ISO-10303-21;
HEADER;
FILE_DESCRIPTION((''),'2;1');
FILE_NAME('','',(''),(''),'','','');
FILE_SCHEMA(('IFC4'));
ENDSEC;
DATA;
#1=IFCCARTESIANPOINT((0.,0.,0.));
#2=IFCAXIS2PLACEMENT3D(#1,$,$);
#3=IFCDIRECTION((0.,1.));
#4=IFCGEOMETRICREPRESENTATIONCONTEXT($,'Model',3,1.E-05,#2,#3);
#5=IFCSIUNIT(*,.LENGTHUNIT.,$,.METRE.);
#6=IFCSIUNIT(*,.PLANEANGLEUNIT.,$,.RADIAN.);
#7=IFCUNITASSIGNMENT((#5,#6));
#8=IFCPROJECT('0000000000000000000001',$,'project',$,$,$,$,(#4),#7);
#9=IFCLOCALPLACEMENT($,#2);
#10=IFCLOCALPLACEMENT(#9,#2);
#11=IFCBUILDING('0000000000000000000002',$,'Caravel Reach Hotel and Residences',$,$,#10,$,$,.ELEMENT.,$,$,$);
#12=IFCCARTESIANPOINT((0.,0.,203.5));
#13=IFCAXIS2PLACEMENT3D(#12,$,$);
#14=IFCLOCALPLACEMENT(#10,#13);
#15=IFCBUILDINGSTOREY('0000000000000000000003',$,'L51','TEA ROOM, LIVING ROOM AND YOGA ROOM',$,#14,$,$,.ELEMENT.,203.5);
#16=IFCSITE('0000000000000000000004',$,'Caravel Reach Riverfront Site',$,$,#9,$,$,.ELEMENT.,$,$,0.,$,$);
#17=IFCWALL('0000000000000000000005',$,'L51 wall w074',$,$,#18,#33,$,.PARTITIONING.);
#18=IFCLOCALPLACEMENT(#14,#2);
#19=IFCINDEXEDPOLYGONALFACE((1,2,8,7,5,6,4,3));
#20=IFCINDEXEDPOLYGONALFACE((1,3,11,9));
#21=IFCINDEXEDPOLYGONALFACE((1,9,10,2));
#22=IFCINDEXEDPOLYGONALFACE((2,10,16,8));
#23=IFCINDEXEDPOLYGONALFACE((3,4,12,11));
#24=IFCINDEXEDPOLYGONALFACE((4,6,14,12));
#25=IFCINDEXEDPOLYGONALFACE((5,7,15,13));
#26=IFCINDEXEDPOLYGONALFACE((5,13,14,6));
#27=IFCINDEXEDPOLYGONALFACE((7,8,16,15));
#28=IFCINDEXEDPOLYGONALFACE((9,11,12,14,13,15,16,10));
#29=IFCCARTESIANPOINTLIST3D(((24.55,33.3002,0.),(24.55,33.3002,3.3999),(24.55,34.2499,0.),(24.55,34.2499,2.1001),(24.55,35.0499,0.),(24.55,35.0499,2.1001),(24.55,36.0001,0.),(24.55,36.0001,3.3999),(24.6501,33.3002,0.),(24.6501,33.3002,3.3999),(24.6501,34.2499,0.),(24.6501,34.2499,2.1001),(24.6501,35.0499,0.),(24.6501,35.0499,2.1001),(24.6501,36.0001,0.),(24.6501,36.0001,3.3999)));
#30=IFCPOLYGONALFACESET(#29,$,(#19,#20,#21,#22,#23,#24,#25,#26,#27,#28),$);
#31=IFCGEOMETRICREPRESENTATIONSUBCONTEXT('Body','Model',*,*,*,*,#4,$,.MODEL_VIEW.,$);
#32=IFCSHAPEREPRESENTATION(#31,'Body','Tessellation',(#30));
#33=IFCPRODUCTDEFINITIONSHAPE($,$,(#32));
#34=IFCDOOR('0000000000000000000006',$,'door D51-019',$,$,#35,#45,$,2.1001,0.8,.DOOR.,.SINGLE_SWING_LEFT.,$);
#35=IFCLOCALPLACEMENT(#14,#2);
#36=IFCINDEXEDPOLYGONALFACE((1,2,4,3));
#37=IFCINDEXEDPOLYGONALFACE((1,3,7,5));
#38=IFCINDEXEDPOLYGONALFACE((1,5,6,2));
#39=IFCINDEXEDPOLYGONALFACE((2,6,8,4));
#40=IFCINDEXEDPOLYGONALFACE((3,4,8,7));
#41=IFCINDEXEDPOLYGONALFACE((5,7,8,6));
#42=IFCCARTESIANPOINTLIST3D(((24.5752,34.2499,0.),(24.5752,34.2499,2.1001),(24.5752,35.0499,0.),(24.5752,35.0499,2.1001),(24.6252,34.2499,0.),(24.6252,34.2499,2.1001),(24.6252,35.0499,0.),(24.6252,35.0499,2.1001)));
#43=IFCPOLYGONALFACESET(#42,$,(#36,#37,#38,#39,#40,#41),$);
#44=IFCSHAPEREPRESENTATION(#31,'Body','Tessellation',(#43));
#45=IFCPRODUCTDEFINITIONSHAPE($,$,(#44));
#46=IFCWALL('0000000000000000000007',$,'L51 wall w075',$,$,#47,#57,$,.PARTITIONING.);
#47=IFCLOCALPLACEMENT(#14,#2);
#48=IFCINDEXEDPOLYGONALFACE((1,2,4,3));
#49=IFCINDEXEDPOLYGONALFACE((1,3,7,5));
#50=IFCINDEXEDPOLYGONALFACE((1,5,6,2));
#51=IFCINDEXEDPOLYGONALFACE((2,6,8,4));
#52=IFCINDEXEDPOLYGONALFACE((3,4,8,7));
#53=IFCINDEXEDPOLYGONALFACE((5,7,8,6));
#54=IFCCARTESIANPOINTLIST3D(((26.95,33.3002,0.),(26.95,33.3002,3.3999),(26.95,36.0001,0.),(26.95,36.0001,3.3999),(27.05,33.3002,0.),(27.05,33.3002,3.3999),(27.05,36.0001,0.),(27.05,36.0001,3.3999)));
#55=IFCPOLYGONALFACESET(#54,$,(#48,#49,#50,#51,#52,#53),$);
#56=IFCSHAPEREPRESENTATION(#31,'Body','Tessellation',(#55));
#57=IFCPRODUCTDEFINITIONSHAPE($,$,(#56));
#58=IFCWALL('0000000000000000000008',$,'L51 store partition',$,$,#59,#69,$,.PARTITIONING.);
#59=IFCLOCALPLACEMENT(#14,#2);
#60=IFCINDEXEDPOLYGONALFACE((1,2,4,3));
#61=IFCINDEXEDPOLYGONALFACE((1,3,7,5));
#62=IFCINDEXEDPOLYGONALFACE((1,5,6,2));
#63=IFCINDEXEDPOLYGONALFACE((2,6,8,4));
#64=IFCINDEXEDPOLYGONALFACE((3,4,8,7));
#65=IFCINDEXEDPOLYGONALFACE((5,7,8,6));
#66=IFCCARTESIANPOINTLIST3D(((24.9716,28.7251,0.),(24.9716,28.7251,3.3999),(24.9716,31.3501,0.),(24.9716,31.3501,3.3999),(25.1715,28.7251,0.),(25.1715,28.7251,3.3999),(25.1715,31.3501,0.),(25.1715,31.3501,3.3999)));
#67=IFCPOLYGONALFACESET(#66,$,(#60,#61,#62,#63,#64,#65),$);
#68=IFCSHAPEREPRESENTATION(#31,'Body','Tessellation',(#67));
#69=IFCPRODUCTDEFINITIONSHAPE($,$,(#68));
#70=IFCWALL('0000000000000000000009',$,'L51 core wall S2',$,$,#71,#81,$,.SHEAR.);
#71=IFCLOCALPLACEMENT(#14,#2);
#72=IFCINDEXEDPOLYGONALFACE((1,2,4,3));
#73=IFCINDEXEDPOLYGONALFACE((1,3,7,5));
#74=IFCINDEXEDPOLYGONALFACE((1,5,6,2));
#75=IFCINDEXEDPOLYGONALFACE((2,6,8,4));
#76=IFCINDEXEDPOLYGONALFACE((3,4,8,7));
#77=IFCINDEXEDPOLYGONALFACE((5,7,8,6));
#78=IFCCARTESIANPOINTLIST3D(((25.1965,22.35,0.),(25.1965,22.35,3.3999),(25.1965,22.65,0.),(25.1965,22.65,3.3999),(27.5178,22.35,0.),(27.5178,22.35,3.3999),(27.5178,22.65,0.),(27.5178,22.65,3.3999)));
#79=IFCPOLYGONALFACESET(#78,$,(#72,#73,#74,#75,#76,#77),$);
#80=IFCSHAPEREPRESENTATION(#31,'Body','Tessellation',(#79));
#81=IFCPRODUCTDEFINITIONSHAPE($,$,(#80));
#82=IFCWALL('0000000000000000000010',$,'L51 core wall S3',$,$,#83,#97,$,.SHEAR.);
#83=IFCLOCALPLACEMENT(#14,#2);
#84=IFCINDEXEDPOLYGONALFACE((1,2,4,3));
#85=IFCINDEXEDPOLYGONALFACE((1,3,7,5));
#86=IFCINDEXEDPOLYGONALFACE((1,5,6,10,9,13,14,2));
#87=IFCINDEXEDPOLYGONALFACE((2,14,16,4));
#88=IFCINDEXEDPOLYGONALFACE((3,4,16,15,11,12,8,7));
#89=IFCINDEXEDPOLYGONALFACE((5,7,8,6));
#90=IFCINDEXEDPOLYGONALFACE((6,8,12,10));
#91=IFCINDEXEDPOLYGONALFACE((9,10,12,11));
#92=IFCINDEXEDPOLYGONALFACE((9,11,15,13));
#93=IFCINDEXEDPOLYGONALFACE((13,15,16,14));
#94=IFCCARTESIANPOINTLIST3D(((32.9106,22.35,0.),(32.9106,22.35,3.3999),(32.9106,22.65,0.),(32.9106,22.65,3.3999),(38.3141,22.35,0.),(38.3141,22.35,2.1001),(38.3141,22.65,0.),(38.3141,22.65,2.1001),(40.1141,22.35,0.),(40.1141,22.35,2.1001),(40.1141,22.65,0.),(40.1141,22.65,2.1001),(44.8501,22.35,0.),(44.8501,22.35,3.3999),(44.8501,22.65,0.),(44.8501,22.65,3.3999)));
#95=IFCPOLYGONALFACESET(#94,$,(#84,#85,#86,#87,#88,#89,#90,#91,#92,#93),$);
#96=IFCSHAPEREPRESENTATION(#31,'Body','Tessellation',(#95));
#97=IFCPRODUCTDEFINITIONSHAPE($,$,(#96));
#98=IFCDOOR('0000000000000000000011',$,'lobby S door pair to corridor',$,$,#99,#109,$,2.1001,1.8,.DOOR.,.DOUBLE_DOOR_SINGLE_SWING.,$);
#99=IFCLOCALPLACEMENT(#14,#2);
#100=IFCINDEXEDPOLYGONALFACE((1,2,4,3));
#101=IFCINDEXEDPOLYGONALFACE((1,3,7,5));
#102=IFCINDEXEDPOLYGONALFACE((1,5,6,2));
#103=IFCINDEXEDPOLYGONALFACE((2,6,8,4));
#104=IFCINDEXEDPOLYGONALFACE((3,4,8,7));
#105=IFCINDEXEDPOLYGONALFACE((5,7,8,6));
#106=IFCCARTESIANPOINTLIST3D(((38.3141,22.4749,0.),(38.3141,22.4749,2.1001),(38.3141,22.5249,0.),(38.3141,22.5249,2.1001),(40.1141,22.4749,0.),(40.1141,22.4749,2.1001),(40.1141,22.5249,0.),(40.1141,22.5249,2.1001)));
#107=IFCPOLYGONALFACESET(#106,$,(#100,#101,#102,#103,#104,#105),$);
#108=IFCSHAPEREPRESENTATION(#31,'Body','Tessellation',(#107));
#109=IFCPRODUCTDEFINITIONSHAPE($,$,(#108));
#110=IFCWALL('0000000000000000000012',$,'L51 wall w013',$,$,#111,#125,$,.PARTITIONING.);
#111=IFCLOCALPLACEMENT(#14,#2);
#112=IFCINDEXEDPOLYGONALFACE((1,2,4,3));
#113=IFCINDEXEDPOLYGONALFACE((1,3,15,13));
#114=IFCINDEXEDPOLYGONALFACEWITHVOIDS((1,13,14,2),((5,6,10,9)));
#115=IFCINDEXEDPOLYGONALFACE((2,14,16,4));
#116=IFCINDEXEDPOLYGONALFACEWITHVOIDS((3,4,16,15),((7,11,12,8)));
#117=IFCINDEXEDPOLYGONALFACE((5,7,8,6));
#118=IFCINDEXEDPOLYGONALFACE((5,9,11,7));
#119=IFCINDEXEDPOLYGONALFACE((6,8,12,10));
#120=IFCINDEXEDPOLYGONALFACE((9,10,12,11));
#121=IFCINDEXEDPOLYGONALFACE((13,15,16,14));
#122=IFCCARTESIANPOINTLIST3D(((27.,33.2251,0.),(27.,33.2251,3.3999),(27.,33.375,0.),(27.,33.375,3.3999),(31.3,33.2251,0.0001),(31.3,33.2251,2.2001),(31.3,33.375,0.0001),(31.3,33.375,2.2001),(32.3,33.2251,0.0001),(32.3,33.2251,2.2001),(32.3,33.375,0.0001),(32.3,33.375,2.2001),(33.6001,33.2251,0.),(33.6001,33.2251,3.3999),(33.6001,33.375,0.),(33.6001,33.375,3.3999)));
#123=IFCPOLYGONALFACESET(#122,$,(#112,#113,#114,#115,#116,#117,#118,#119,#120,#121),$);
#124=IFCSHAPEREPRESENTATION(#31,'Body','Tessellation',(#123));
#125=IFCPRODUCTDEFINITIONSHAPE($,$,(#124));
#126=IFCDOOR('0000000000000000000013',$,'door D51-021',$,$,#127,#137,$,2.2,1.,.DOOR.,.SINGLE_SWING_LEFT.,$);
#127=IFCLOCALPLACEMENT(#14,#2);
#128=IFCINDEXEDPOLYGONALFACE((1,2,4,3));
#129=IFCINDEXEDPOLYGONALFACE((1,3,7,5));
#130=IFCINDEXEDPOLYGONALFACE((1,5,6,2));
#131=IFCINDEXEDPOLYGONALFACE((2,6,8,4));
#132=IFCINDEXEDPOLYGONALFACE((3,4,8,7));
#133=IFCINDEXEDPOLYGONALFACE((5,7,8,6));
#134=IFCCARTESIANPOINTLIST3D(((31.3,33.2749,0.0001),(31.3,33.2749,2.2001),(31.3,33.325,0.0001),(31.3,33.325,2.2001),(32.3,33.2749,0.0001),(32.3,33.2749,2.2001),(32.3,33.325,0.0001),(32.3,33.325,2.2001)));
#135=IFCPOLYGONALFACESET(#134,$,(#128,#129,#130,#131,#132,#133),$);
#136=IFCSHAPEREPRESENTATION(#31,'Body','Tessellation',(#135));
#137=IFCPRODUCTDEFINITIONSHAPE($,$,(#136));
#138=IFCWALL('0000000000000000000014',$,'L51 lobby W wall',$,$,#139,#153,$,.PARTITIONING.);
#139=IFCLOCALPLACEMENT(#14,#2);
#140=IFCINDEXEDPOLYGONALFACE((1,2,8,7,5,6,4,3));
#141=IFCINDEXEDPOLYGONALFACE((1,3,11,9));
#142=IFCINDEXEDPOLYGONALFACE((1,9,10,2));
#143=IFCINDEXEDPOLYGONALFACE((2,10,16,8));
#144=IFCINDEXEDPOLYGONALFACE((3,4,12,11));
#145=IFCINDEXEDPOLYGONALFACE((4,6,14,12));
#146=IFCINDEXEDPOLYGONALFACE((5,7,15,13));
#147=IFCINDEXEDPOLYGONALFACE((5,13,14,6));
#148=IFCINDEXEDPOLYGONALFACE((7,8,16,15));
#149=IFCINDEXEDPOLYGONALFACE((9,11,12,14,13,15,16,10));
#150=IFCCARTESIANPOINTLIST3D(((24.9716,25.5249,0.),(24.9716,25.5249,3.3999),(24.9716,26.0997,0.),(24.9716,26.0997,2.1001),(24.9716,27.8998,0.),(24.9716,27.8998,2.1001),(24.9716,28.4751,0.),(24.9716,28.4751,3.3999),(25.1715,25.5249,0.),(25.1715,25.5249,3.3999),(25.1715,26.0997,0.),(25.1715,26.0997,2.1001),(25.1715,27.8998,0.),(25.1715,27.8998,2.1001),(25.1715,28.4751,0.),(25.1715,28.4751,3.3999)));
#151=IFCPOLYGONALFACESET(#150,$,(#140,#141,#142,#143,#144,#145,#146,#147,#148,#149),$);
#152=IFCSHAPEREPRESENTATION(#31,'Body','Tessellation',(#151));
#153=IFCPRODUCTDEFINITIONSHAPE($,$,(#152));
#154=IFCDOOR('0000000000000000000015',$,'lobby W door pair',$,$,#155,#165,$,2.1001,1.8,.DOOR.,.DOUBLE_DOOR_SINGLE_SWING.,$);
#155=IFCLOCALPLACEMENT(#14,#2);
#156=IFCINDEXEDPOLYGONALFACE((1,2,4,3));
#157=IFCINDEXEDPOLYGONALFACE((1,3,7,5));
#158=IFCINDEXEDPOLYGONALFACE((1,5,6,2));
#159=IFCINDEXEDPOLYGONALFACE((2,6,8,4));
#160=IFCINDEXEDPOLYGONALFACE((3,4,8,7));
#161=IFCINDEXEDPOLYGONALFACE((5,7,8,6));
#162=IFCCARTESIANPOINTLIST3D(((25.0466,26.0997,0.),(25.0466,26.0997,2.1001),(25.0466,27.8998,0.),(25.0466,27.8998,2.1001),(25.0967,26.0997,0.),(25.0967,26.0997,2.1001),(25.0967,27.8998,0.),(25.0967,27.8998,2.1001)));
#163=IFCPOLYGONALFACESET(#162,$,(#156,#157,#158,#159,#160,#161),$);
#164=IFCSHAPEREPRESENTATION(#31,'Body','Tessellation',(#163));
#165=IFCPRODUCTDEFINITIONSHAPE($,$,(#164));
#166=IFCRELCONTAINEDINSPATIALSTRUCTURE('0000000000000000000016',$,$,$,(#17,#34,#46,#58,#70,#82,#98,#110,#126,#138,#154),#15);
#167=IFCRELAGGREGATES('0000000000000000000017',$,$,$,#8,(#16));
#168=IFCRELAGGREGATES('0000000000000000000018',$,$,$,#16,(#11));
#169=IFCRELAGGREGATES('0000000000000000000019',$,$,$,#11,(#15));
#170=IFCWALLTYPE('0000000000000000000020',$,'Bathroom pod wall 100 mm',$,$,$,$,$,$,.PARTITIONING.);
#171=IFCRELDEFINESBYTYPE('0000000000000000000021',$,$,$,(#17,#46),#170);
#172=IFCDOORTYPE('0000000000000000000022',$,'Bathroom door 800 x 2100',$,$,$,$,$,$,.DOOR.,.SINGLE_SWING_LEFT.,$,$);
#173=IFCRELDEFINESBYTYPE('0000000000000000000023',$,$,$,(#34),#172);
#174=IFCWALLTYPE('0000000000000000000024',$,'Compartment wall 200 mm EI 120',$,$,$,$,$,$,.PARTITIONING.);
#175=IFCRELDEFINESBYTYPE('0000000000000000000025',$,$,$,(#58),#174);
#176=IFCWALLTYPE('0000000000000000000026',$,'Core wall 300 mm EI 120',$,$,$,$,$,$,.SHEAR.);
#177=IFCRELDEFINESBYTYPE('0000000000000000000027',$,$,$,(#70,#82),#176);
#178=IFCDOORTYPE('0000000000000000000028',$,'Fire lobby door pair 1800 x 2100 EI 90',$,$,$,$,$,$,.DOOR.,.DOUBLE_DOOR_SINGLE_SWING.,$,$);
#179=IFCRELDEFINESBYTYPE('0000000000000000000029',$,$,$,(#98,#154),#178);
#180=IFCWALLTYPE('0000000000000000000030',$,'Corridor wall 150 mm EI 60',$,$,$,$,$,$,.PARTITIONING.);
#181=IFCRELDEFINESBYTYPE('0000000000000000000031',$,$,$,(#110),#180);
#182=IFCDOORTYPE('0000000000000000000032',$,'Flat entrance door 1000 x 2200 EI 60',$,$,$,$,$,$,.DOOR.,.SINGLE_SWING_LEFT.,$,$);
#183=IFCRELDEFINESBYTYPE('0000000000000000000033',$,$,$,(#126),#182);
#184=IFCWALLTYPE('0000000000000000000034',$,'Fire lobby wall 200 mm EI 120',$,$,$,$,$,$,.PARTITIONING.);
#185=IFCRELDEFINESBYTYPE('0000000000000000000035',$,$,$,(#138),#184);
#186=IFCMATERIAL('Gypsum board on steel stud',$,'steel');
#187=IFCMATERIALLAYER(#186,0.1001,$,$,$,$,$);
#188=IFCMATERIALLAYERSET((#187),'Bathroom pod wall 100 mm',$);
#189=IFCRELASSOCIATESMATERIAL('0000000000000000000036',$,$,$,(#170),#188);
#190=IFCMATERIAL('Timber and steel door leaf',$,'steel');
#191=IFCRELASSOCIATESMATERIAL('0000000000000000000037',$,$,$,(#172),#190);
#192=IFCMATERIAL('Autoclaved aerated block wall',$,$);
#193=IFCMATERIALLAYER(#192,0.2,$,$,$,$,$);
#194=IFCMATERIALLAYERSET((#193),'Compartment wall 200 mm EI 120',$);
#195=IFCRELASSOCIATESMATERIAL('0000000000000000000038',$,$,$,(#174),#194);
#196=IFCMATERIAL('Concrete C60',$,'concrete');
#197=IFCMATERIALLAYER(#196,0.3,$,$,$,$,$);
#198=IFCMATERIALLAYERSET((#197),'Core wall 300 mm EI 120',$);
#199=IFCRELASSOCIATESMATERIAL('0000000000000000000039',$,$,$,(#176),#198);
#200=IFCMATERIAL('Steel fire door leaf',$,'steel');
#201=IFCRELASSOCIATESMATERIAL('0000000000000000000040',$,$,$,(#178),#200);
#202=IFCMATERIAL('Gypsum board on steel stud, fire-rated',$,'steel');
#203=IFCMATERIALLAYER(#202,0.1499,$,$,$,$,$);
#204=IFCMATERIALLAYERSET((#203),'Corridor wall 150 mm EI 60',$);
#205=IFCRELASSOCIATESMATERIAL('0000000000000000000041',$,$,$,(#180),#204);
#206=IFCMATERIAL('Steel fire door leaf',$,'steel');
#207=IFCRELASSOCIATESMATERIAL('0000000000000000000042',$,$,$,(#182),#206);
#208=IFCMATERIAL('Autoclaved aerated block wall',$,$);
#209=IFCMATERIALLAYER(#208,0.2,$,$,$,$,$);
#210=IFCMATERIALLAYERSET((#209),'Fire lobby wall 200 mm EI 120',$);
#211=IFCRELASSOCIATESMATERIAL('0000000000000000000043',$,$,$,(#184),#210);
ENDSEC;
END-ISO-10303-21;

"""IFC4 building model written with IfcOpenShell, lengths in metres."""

from ifc_helpers import new_model, si_unit, direction, frame, frame_2d, origin, place, context, subcontext, project, spatial, rectangle, extrude, material, layer, layer_set, type_object, element, fill, save


model = new_model("IFC4")

# Units and contexts
model_context = context("Model", 3, precision=1e-05, world=origin(), true_north=direction((0.0, 1.0)))
body_context = subcontext(model_context, "Body", "Model", "MODEL_VIEW")
ifc_project = project(units=[si_unit("LENGTHUNIT", "METRE"), si_unit("PLANEANGLEUNIT", "RADIAN")], contexts=[model_context])

# Site, building, storey
site_placement = place(None, origin())
site = spatial("IfcSite", under=ifc_project, at=site_placement, Name="Caravel Reach Riverfront Site", CompositionType="ELEMENT", RefElevation=0.0)
building_placement = place(site_placement, origin())
building = spatial("IfcBuilding", under=site, at=building_placement, Name="Caravel Reach Hotel and Residences", CompositionType="ELEMENT")
storey_placement = place(building_placement, frame((0.0, 0.0, 203.5)))
storey = spatial("IfcBuildingStorey", under=building, at=storey_placement, Name="L51", Description="TEA ROOM, LIVING ROOM AND YOGA ROOM", CompositionType="ELEMENT", Elevation=203.5)

# Wall, opening, door
ifc_material_1 = material(Name="Gypsum board on steel stud", Category="steel")
ifc_layer_1 = layer(ifc_material_1, 0.1001)
ifc_layer_set_1 = layer_set([ifc_layer_1], Name="Bathroom pod wall 100 mm")
wall_type_1 = type_object("IfcWallType", Name="Bathroom pod wall 100 mm", PredefinedType="PARTITIONING", material=ifc_layer_set_1)
wall_1_placement = place(storey_placement, frame((24.6001, 33.3, 0.0), z_axis=(0.0, 0.0, 1.0), x_axis=(0.0, 1.0, 0.0)))
wall_1 = element("IfcWall", 1, at=wall_1_placement, inside=storey, type_object=wall_type_1, Name="L51 wall w074", PredefinedType="PARTITIONING", context=body_context, shape_type="SweptSolid", body=[
    extrude(rectangle(XDim=2.7, YDim=0.1001, at=frame_2d((1.3501, 0.0))), origin(), (0.0, 0.0, 1.0), 3.3999),
])
opening_1_placement = place(wall_1_placement, frame((0.95, 0.0, 0.0)))
opening_1 = element("IfcOpeningElement", 2, at=opening_1_placement, cuts=wall_1, PredefinedType="OPENING", context=body_context, shape_type="SweptSolid", body=[
    extrude(rectangle(XDim=0.8, YDim=2.1001, at=frame_2d((0.3999, 1.05))), frame((0.0, 0.0601, 0.0), z_axis=(0.0, -1.0, 0.0), x_axis=(1.0, 0.0, 0.0)), (0.0, 0.0, 1.0), 0.1201),
])
ifc_material_2 = material(Name="Timber and steel door leaf", Category="steel")
door_type_1 = type_object("IfcDoorType", Name="Bathroom door 800 x 2100", OperationType="SINGLE_SWING_LEFT", PredefinedType="DOOR", material=ifc_material_2)
door_1_placement = place(opening_1_placement, origin())
door_1 = element("IfcDoor", 3, at=door_1_placement, inside=storey, type_object=door_type_1, Name="door D51-019", OperationType="SINGLE_SWING_LEFT", OverallHeight=2.1001, OverallWidth=0.8, PredefinedType="DOOR", context=body_context, shape_type="SweptSolid", body=[
    extrude(rectangle(XDim=0.8, YDim=2.1001, at=frame_2d((0.3999, 1.05))), frame((0.0, 0.0249, 0.0), z_axis=(0.0, -1.0, 0.0), x_axis=(1.0, 0.0, 0.0)), (0.0, 0.0, 1.0), 0.05),
])
fill(opening_1, door_1)

# Walls
wall_2_placement = place(storey_placement, frame((27.0, 33.3, 0.0), z_axis=(0.0, 0.0, 1.0), x_axis=(0.0, 1.0, 0.0)))
element("IfcWall", 4, at=wall_2_placement, inside=storey, type_object=wall_type_1, Name="L51 wall w075", PredefinedType="PARTITIONING", context=body_context, shape_type="SweptSolid", body=[
    extrude(rectangle(XDim=2.7, YDim=0.1001, at=frame_2d((1.3501, 0.0))), origin(), (0.0, 0.0, 1.0), 3.3999),
])
ifc_material_3 = material(Name="Autoclaved aerated block wall")
ifc_layer_2 = layer(ifc_material_3, 0.2)
ifc_layer_set_2 = layer_set([ifc_layer_2], Name="Compartment wall 200 mm EI 120")
wall_type_2 = type_object("IfcWallType", Name="Compartment wall 200 mm EI 120", PredefinedType="PARTITIONING", material=ifc_layer_set_2)
wall_3_placement = place(storey_placement, frame((25.0715, 28.7251, 0.0), z_axis=(0.0, 0.0, 1.0), x_axis=(0.0, 1.0, 0.0)))
element("IfcWall", 5, at=wall_3_placement, inside=storey, type_object=wall_type_2, Name="L51 store partition", PredefinedType="PARTITIONING", context=body_context, shape_type="SweptSolid", body=[
    extrude(rectangle(XDim=2.625, YDim=0.2, at=frame_2d((1.3125, 0.0))), origin(), (0.0, 0.0, 1.0), 3.3999),
])
ifc_material_4 = material(Name="Concrete C60", Category="concrete")
ifc_layer_3 = layer(ifc_material_4, 0.3)
ifc_layer_set_3 = layer_set([ifc_layer_3], Name="Core wall 300 mm EI 120")
wall_type_3 = type_object("IfcWallType", Name="Core wall 300 mm EI 120", PredefinedType="SHEAR", material=ifc_layer_set_3)
wall_4_placement = place(storey_placement, frame((25.1965, 22.5, 0.0), z_axis=(0.0, 0.0, 1.0), x_axis=(1.0, 0.0, 0.0)))
element("IfcWall", 6, at=wall_4_placement, inside=storey, type_object=wall_type_3, Name="L51 core wall S2", PredefinedType="SHEAR", context=body_context, shape_type="SweptSolid", body=[
    extrude(rectangle(XDim=2.3213, YDim=0.3, at=frame_2d((1.1606, 0.0))), origin(), (0.0, 0.0, 1.0), 3.3999),
])

# Walls, openings, doors
wall_5_placement = place(storey_placement, frame((32.9106, 22.5, 0.0), z_axis=(0.0, 0.0, 1.0), x_axis=(1.0, 0.0, 0.0)))
wall_5 = element("IfcWall", 7, at=wall_5_placement, inside=storey, type_object=wall_type_3, Name="L51 core wall S3", PredefinedType="SHEAR", context=body_context, shape_type="SweptSolid", body=[
    extrude(rectangle(XDim=11.9395, YDim=0.3, at=frame_2d((5.9697, 0.0))), origin(), (0.0, 0.0, 1.0), 3.3999),
])
opening_2_placement = place(wall_5_placement, frame((5.4036, 0.0, 0.0)))
opening_2 = element("IfcOpeningElement", 8, at=opening_2_placement, cuts=wall_5, PredefinedType="OPENING", context=body_context, shape_type="SweptSolid", body=[
    extrude(rectangle(XDim=1.8, YDim=2.1001, at=frame_2d((0.8999, 1.05))), frame((0.0, 0.1599, 0.0), z_axis=(0.0, -1.0, 0.0), x_axis=(1.0, 0.0, 0.0)), (0.0, 0.0, 1.0), 0.3201),
])
ifc_material_5 = material(Name="Steel fire door leaf", Category="steel")
door_type_2 = type_object("IfcDoorType", Name="Fire lobby door pair 1800 x 2100 EI 90", OperationType="DOUBLE_DOOR_SINGLE_SWING", PredefinedType="DOOR", material=ifc_material_5)
door_2_placement = place(opening_2_placement, origin())
door_2 = element("IfcDoor", 9, at=door_2_placement, inside=storey, type_object=door_type_2, Name="lobby S door pair to corridor", OperationType="DOUBLE_DOOR_SINGLE_SWING", OverallHeight=2.1001, OverallWidth=1.8, PredefinedType="DOOR", context=body_context, shape_type="SweptSolid", body=[
    extrude(rectangle(XDim=1.8, YDim=2.1001, at=frame_2d((0.8999, 1.05))), frame((0.0, 0.0249, 0.0), z_axis=(0.0, -1.0, 0.0), x_axis=(1.0, 0.0, 0.0)), (0.0, 0.0, 1.0), 0.05),
])
fill(opening_2, door_2)
ifc_material_6 = material(Name="Gypsum board on steel stud, fire-rated", Category="steel")
ifc_layer_4 = layer(ifc_material_6, 0.1499)
ifc_layer_set_4 = layer_set([ifc_layer_4], Name="Corridor wall 150 mm EI 60")
wall_type_4 = type_object("IfcWallType", Name="Corridor wall 150 mm EI 60", PredefinedType="PARTITIONING", material=ifc_layer_set_4)
wall_6_placement = place(storey_placement, frame((27.0, 33.3, 0.0), z_axis=(0.0, 0.0, 1.0), x_axis=(1.0, 0.0, 0.0)))
wall_6 = element("IfcWall", 10, at=wall_6_placement, inside=storey, type_object=wall_type_4, Name="L51 wall w013", PredefinedType="PARTITIONING", context=body_context, shape_type="SweptSolid", body=[
    extrude(rectangle(XDim=6.6001, YDim=0.1499, at=frame_2d((3.3, 0.0))), origin(), (0.0, 0.0, 1.0), 3.3999),
])
opening_3_placement = place(wall_6_placement, frame((4.3, 0.0, 0.0)))
opening_3 = element("IfcOpeningElement", 11, at=opening_3_placement, cuts=wall_6, PredefinedType="OPENING", context=body_context, shape_type="SweptSolid", body=[
    extrude(rectangle(XDim=1.0, YDim=2.2, at=frame_2d((0.5, 1.1001))), frame((0.0, 0.085, 0.0), z_axis=(0.0, -1.0, 0.0), x_axis=(1.0, 0.0, 0.0)), (0.0, 0.0, 1.0), 0.1699),
])
ifc_material_7 = material(Name="Steel fire door leaf", Category="steel")
door_type_3 = type_object("IfcDoorType", Name="Flat entrance door 1000 x 2200 EI 60", OperationType="SINGLE_SWING_LEFT", PredefinedType="DOOR", material=ifc_material_7)
door_3_placement = place(opening_3_placement, origin())
door_3 = element("IfcDoor", 12, at=door_3_placement, inside=storey, type_object=door_type_3, Name="door D51-021", OperationType="SINGLE_SWING_LEFT", OverallHeight=2.2, OverallWidth=1.0, PredefinedType="DOOR", context=body_context, shape_type="SweptSolid", body=[
    extrude(rectangle(XDim=1.0, YDim=2.2, at=frame_2d((0.5, 1.1001))), frame((0.0, 0.0249, 0.0), z_axis=(0.0, -1.0, 0.0), x_axis=(1.0, 0.0, 0.0)), (0.0, 0.0, 1.0), 0.05),
])
fill(opening_3, door_3)
ifc_material_8 = material(Name="Autoclaved aerated block wall")
ifc_layer_5 = layer(ifc_material_8, 0.2)
ifc_layer_set_5 = layer_set([ifc_layer_5], Name="Fire lobby wall 200 mm EI 120")
wall_type_5 = type_object("IfcWallType", Name="Fire lobby wall 200 mm EI 120", PredefinedType="PARTITIONING", material=ifc_layer_set_5)
wall_7_placement = place(storey_placement, frame((25.0715, 25.5249, 0.0), z_axis=(0.0, 0.0, 1.0), x_axis=(0.0, 1.0, 0.0)))
wall_7 = element("IfcWall", 13, at=wall_7_placement, inside=storey, type_object=wall_type_5, Name="L51 lobby W wall", PredefinedType="PARTITIONING", context=body_context, shape_type="SweptSolid", body=[
    extrude(rectangle(XDim=2.9502, YDim=0.2, at=frame_2d((1.4751, 0.0))), origin(), (0.0, 0.0, 1.0), 3.3999),
])
opening_4_placement = place(wall_7_placement, frame((0.575, 0.0, 0.0)))
opening_4 = element("IfcOpeningElement", 14, at=opening_4_placement, cuts=wall_7, PredefinedType="OPENING", context=body_context, shape_type="SweptSolid", body=[
    extrude(rectangle(XDim=1.8, YDim=2.1001, at=frame_2d((0.8999, 1.05))), frame((0.0, 0.1099, 0.0), z_axis=(0.0, -1.0, 0.0), x_axis=(1.0, 0.0, 0.0)), (0.0, 0.0, 1.0), 0.22),
])
door_4_placement = place(opening_4_placement, origin())
door_4 = element("IfcDoor", 15, at=door_4_placement, inside=storey, type_object=door_type_2, Name="lobby W door pair", OperationType="DOUBLE_DOOR_SINGLE_SWING", OverallHeight=2.1001, OverallWidth=1.8, PredefinedType="DOOR", context=body_context, shape_type="SweptSolid", body=[
    extrude(rectangle(XDim=1.8, YDim=2.1001, at=frame_2d((0.8999, 1.05))), frame((0.0, 0.0249, 0.0), z_axis=(0.0, -1.0, 0.0), x_axis=(1.0, 0.0, 0.0)), (0.0, 0.0, 1.0), 0.05),
])
fill(opening_4, door_4)

save(model, "model.ifc")
